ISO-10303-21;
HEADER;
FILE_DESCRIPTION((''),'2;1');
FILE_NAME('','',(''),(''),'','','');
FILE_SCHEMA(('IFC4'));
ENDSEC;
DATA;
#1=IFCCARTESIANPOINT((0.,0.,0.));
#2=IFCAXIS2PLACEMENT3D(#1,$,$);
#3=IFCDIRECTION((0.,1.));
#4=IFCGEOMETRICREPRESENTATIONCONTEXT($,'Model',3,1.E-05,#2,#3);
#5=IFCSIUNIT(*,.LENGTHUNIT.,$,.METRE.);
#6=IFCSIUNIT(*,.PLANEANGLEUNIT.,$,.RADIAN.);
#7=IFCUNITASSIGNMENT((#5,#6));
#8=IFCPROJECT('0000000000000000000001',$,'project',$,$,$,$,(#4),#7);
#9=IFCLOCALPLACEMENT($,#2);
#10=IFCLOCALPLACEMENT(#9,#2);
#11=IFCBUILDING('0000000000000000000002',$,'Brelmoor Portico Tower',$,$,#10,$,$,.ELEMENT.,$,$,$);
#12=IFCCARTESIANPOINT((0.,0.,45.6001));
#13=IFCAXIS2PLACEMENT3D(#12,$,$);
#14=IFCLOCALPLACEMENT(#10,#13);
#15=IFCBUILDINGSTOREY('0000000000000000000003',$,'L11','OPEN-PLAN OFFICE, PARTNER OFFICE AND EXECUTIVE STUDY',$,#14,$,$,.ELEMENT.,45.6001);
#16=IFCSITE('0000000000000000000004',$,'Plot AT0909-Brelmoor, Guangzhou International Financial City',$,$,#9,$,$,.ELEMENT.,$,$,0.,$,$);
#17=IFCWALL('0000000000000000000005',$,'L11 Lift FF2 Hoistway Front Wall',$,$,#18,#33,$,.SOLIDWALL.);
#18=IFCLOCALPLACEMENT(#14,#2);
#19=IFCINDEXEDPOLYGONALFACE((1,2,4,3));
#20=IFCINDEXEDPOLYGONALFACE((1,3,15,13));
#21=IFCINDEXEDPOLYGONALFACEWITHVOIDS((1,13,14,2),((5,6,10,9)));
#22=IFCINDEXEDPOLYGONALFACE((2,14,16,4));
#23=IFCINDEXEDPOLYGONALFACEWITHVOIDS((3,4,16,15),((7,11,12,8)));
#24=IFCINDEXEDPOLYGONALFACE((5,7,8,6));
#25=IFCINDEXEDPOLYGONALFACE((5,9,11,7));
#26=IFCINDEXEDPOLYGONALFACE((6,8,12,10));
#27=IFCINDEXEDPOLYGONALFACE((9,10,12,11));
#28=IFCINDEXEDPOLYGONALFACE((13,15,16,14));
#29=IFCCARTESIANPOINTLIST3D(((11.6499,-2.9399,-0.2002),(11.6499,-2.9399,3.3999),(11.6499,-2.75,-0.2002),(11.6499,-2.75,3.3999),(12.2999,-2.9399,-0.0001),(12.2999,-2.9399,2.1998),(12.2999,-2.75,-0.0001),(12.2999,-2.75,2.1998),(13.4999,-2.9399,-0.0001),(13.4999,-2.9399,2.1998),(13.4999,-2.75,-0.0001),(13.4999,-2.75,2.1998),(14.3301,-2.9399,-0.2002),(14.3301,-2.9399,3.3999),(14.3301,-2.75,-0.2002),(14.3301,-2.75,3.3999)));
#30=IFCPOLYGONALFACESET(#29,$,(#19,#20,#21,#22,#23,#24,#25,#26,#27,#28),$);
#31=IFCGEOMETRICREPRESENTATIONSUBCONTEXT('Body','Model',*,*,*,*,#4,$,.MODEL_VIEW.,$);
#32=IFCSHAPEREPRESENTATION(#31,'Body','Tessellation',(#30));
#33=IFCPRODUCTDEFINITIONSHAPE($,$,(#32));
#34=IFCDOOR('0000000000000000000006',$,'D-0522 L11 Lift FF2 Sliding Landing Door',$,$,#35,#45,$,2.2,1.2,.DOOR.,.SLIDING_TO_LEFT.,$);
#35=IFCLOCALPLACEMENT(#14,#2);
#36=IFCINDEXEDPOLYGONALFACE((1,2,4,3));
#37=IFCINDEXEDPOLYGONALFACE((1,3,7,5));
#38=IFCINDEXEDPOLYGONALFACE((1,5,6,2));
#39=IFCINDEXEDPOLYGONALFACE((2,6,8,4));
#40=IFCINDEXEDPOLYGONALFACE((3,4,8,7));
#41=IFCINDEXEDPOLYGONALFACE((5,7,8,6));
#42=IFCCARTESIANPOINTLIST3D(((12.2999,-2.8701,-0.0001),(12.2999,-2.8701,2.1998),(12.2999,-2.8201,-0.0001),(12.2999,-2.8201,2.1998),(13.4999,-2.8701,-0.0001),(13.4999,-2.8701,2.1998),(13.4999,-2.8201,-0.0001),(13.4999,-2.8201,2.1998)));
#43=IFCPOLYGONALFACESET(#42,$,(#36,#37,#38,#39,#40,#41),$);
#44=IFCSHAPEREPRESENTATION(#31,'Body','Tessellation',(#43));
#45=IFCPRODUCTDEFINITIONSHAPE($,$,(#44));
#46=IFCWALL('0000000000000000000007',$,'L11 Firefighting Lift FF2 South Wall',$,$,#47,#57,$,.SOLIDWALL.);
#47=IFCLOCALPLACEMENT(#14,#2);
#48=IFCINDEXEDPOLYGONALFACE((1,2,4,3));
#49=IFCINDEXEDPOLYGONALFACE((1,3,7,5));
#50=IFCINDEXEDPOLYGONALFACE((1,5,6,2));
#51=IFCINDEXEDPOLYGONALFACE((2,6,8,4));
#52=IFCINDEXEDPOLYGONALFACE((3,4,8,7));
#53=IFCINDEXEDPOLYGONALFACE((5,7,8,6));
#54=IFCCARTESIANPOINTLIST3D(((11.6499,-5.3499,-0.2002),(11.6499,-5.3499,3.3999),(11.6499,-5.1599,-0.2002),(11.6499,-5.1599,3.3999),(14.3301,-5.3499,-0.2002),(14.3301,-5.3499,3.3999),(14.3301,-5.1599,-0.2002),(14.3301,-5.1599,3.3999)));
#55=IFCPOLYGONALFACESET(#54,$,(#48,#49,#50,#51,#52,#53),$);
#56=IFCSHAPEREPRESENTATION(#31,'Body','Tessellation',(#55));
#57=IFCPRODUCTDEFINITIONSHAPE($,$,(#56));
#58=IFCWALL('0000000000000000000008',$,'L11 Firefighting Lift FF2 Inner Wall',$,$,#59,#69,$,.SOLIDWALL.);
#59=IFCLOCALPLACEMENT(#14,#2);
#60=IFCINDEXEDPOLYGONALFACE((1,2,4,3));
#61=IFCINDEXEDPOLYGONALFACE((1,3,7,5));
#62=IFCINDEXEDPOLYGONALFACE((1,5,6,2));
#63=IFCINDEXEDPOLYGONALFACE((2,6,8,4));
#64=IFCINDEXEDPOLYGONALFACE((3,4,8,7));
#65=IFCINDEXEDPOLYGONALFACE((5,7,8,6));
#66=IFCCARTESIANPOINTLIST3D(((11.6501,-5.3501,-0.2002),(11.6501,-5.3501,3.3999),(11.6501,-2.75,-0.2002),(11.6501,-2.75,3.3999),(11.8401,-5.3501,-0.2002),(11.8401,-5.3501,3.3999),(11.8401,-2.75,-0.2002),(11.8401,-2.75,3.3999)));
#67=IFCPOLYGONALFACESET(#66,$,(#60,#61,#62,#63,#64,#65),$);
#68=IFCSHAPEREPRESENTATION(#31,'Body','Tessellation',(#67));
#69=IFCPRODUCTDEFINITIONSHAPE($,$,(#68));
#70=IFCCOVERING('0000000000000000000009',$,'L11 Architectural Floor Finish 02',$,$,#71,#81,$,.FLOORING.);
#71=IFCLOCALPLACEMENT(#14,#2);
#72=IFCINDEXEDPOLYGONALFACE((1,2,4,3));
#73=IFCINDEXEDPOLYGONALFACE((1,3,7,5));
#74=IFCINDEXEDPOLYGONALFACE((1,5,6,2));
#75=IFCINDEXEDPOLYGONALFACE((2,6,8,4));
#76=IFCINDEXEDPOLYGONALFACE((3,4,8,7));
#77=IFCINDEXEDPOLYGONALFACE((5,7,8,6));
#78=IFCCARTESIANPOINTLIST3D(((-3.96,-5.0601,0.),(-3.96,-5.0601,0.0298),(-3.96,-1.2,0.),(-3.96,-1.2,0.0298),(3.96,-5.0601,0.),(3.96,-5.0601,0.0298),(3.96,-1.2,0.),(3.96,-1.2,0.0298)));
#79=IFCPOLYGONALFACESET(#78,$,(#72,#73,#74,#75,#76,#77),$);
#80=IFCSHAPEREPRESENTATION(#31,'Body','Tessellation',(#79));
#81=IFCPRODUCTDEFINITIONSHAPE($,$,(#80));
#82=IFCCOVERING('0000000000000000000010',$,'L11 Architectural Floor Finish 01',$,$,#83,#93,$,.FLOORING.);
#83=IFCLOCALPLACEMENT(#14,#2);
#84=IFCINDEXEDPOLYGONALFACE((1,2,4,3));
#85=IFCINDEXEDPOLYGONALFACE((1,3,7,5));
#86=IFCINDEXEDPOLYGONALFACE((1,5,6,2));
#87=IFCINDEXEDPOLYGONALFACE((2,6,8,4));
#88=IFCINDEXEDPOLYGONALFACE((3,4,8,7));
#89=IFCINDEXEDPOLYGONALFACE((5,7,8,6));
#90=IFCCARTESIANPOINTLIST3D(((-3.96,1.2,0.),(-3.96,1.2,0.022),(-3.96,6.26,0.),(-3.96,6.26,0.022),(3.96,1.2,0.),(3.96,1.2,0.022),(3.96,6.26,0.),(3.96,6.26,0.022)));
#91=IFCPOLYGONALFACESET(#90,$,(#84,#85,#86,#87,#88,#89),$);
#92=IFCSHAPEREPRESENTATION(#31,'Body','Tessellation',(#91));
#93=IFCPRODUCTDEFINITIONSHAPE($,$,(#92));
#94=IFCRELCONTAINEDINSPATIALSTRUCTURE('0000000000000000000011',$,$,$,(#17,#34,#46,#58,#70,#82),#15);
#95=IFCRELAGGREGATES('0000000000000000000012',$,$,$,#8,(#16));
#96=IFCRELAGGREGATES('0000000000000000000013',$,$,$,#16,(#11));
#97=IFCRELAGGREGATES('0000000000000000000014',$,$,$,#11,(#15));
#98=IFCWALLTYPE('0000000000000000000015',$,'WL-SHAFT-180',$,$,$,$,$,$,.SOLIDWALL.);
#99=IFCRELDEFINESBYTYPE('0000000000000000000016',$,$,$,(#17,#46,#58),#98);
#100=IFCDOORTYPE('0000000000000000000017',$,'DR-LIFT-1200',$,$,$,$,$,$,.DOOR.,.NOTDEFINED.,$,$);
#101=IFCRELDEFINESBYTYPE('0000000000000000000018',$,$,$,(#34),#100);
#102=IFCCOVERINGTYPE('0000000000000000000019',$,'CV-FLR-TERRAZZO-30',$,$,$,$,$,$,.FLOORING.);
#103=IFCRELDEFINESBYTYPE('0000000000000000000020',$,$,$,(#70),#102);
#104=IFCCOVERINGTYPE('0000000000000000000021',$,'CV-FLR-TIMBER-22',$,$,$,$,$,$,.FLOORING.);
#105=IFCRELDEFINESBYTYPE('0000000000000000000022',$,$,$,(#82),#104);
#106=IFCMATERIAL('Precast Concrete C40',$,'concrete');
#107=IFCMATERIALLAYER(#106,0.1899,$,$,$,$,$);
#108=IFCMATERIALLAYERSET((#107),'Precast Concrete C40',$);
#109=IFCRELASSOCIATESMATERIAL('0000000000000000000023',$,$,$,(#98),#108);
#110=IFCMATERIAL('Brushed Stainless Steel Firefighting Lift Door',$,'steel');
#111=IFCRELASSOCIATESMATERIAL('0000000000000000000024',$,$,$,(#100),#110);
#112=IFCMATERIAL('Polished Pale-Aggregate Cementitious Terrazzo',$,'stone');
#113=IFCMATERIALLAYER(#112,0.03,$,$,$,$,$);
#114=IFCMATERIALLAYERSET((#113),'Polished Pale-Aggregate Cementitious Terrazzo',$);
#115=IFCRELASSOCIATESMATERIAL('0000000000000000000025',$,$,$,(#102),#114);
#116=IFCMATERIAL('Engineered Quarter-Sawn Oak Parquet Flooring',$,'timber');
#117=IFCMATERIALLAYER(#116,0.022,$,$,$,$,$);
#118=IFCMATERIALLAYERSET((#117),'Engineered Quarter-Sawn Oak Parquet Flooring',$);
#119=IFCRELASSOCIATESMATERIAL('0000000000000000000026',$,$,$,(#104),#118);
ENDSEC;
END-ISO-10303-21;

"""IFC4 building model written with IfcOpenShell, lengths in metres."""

from ifc_helpers import new_model, si_unit, direction, frame, frame_2d, origin, place, context, subcontext, project, spatial, polyline, rectangle, outline, extrude, material, layer, layer_set, type_object, element, fill, save


model = new_model("IFC4")

# Units and contexts
model_context = context("Model", 3, precision=1e-05, world=origin(), true_north=direction((0.0, 1.0)))
body_context = subcontext(model_context, "Body", "Model", "MODEL_VIEW")
ifc_project = project(units=[si_unit("LENGTHUNIT", "METRE"), si_unit("PLANEANGLEUNIT", "RADIAN")], contexts=[model_context])

# Site, building, storey
site_placement = place(None, origin())
site = spatial("IfcSite", under=ifc_project, at=site_placement, Name="Plot AT0909-Brelmoor, Guangzhou International Financial City", CompositionType="ELEMENT", RefElevation=0.0)
building_placement = place(site_placement, origin())
building = spatial("IfcBuilding", under=site, at=building_placement, Name="Brelmoor Portico Tower", CompositionType="ELEMENT")
storey_placement = place(building_placement, frame((0.0, 0.0, 45.6001)))
storey = spatial("IfcBuildingStorey", under=building, at=storey_placement, Name="L11", Description="OPEN-PLAN OFFICE, PARTNER OFFICE AND EXECUTIVE STUDY", CompositionType="ELEMENT", Elevation=45.6001)

# Shared definitions
ifc_material_1 = material(Name="Precast Concrete C40", Category="concrete")
ifc_layer_1 = layer(ifc_material_1, 0.1899)
ifc_layer_set_1 = layer_set([ifc_layer_1], Name="Precast Concrete C40")
wall_type_1 = type_object("IfcWallType", Name="WL-SHAFT-180", PredefinedType="SOLIDWALL", material=ifc_layer_set_1)

# Wall, opening, door
wall_1_placement = place(storey_placement, frame((11.6499, -2.845, -0.2002), z_axis=(0.0, 0.0, 1.0), x_axis=(1.0, 0.0, 0.0)))
wall_1 = element("IfcWall", 1, at=wall_1_placement, inside=storey, type_object=wall_type_1, Name="L11 Lift FF2 Hoistway Front Wall", PredefinedType="SOLIDWALL", context=body_context, shape_type="SweptSolid", body=[
    extrude(rectangle(XDim=2.6802, YDim=0.1899, at=frame_2d((1.3401, 0.0))), origin(), (0.0, 0.0, 1.0), 3.6001),
])
opening_1_placement = place(wall_1_placement, frame((0.6499, 0.0, 0.2)))
opening_1 = element("IfcOpeningElement", 2, at=opening_1_placement, cuts=wall_1, PredefinedType="OPENING", context=body_context, shape_type="SweptSolid", body=[
    extrude(rectangle(XDim=1.2, YDim=2.2, at=frame_2d((0.6001, 1.1001))), frame((0.0, 0.105, 0.0), z_axis=(0.0, -1.0, 0.0), x_axis=(1.0, 0.0, 0.0)), (0.0, 0.0, 1.0), 0.21),
])
ifc_material_2 = material(Name="Brushed Stainless Steel Firefighting Lift Door", Category="steel")
door_type_1 = type_object("IfcDoorType", Name="DR-LIFT-1200", OperationType="NOTDEFINED", PredefinedType="DOOR", material=ifc_material_2)
door_1_placement = place(opening_1_placement, origin())
door_1 = element("IfcDoor", 3, at=door_1_placement, inside=storey, type_object=door_type_1, Name="D-0522 L11 Lift FF2 Sliding Landing Door", OperationType="SLIDING_TO_LEFT", OverallHeight=2.2, OverallWidth=1.2, PredefinedType="DOOR", context=body_context, shape_type="SweptSolid", body=[
    extrude(rectangle(XDim=1.2, YDim=2.2, at=frame_2d((0.6001, 1.1001))), frame((0.0, 0.0249, 0.0), z_axis=(0.0, -1.0, 0.0), x_axis=(1.0, 0.0, 0.0)), (0.0, 0.0, 1.0), 0.05),
])
fill(opening_1, door_1)

# Walls
wall_2_placement = place(storey_placement, frame((11.6499, -5.2549, -0.2002), z_axis=(0.0, 0.0, 1.0), x_axis=(1.0, 0.0, 0.0)))
element("IfcWall", 4, at=wall_2_placement, inside=storey, type_object=wall_type_1, Name="L11 Firefighting Lift FF2 South Wall", PredefinedType="SOLIDWALL", context=body_context, shape_type="SweptSolid", body=[
    extrude(rectangle(XDim=2.6802, YDim=0.1899, at=frame_2d((1.3401, 0.0))), origin(), (0.0, 0.0, 1.0), 3.6001),
])
wall_3_placement = place(storey_placement, frame((11.7451, -5.3501, -0.2002), z_axis=(0.0, 0.0, 1.0), x_axis=(0.0, 1.0, 0.0)))
element("IfcWall", 5, at=wall_3_placement, inside=storey, type_object=wall_type_1, Name="L11 Firefighting Lift FF2 Inner Wall", PredefinedType="SOLIDWALL", context=body_context, shape_type="SweptSolid", body=[
    extrude(rectangle(XDim=2.6001, YDim=0.1899, at=frame_2d((1.3, 0.0))), origin(), (0.0, 0.0, 1.0), 3.6001),
])

# Coverings
ifc_material_3 = material(Name="Polished Pale-Aggregate Cementitious Terrazzo", Category="stone")
ifc_layer_2 = layer(ifc_material_3, 0.03)
ifc_layer_set_2 = layer_set([ifc_layer_2], Name="Polished Pale-Aggregate Cementitious Terrazzo")
covering_type_1 = type_object("IfcCoveringType", Name="CV-FLR-TERRAZZO-30", PredefinedType="FLOORING", material=ifc_layer_set_2)
covering_1_placement = place(storey_placement, origin())
element("IfcCovering", 6, at=covering_1_placement, inside=storey, type_object=covering_type_1, Name="L11 Architectural Floor Finish 02", PredefinedType="FLOORING", context=body_context, shape_type="SweptSolid", body=[
    extrude(outline(polyline([(-3.96, -5.0601), (-3.96, -1.2), (3.96, -1.2), (3.96, -5.0601), (-3.96, -5.0601)])), origin(), (0.0, 0.0, 1.0), 0.0298),
])
ifc_material_4 = material(Name="Engineered Quarter-Sawn Oak Parquet Flooring", Category="timber")
ifc_layer_3 = layer(ifc_material_4, 0.022)
ifc_layer_set_3 = layer_set([ifc_layer_3], Name="Engineered Quarter-Sawn Oak Parquet Flooring")
covering_type_2 = type_object("IfcCoveringType", Name="CV-FLR-TIMBER-22", PredefinedType="FLOORING", material=ifc_layer_set_3)
covering_2_placement = place(storey_placement, origin())
element("IfcCovering", 7, at=covering_2_placement, inside=storey, type_object=covering_type_2, Name="L11 Architectural Floor Finish 01", PredefinedType="FLOORING", context=body_context, shape_type="SweptSolid", body=[
    extrude(outline(polyline([(-3.96, 1.2), (-3.96, 6.26), (3.96, 6.26), (3.96, 1.2), (-3.96, 1.2)])), origin(), (0.0, 0.0, 1.0), 0.022),
])

save(model, "model.ifc")
